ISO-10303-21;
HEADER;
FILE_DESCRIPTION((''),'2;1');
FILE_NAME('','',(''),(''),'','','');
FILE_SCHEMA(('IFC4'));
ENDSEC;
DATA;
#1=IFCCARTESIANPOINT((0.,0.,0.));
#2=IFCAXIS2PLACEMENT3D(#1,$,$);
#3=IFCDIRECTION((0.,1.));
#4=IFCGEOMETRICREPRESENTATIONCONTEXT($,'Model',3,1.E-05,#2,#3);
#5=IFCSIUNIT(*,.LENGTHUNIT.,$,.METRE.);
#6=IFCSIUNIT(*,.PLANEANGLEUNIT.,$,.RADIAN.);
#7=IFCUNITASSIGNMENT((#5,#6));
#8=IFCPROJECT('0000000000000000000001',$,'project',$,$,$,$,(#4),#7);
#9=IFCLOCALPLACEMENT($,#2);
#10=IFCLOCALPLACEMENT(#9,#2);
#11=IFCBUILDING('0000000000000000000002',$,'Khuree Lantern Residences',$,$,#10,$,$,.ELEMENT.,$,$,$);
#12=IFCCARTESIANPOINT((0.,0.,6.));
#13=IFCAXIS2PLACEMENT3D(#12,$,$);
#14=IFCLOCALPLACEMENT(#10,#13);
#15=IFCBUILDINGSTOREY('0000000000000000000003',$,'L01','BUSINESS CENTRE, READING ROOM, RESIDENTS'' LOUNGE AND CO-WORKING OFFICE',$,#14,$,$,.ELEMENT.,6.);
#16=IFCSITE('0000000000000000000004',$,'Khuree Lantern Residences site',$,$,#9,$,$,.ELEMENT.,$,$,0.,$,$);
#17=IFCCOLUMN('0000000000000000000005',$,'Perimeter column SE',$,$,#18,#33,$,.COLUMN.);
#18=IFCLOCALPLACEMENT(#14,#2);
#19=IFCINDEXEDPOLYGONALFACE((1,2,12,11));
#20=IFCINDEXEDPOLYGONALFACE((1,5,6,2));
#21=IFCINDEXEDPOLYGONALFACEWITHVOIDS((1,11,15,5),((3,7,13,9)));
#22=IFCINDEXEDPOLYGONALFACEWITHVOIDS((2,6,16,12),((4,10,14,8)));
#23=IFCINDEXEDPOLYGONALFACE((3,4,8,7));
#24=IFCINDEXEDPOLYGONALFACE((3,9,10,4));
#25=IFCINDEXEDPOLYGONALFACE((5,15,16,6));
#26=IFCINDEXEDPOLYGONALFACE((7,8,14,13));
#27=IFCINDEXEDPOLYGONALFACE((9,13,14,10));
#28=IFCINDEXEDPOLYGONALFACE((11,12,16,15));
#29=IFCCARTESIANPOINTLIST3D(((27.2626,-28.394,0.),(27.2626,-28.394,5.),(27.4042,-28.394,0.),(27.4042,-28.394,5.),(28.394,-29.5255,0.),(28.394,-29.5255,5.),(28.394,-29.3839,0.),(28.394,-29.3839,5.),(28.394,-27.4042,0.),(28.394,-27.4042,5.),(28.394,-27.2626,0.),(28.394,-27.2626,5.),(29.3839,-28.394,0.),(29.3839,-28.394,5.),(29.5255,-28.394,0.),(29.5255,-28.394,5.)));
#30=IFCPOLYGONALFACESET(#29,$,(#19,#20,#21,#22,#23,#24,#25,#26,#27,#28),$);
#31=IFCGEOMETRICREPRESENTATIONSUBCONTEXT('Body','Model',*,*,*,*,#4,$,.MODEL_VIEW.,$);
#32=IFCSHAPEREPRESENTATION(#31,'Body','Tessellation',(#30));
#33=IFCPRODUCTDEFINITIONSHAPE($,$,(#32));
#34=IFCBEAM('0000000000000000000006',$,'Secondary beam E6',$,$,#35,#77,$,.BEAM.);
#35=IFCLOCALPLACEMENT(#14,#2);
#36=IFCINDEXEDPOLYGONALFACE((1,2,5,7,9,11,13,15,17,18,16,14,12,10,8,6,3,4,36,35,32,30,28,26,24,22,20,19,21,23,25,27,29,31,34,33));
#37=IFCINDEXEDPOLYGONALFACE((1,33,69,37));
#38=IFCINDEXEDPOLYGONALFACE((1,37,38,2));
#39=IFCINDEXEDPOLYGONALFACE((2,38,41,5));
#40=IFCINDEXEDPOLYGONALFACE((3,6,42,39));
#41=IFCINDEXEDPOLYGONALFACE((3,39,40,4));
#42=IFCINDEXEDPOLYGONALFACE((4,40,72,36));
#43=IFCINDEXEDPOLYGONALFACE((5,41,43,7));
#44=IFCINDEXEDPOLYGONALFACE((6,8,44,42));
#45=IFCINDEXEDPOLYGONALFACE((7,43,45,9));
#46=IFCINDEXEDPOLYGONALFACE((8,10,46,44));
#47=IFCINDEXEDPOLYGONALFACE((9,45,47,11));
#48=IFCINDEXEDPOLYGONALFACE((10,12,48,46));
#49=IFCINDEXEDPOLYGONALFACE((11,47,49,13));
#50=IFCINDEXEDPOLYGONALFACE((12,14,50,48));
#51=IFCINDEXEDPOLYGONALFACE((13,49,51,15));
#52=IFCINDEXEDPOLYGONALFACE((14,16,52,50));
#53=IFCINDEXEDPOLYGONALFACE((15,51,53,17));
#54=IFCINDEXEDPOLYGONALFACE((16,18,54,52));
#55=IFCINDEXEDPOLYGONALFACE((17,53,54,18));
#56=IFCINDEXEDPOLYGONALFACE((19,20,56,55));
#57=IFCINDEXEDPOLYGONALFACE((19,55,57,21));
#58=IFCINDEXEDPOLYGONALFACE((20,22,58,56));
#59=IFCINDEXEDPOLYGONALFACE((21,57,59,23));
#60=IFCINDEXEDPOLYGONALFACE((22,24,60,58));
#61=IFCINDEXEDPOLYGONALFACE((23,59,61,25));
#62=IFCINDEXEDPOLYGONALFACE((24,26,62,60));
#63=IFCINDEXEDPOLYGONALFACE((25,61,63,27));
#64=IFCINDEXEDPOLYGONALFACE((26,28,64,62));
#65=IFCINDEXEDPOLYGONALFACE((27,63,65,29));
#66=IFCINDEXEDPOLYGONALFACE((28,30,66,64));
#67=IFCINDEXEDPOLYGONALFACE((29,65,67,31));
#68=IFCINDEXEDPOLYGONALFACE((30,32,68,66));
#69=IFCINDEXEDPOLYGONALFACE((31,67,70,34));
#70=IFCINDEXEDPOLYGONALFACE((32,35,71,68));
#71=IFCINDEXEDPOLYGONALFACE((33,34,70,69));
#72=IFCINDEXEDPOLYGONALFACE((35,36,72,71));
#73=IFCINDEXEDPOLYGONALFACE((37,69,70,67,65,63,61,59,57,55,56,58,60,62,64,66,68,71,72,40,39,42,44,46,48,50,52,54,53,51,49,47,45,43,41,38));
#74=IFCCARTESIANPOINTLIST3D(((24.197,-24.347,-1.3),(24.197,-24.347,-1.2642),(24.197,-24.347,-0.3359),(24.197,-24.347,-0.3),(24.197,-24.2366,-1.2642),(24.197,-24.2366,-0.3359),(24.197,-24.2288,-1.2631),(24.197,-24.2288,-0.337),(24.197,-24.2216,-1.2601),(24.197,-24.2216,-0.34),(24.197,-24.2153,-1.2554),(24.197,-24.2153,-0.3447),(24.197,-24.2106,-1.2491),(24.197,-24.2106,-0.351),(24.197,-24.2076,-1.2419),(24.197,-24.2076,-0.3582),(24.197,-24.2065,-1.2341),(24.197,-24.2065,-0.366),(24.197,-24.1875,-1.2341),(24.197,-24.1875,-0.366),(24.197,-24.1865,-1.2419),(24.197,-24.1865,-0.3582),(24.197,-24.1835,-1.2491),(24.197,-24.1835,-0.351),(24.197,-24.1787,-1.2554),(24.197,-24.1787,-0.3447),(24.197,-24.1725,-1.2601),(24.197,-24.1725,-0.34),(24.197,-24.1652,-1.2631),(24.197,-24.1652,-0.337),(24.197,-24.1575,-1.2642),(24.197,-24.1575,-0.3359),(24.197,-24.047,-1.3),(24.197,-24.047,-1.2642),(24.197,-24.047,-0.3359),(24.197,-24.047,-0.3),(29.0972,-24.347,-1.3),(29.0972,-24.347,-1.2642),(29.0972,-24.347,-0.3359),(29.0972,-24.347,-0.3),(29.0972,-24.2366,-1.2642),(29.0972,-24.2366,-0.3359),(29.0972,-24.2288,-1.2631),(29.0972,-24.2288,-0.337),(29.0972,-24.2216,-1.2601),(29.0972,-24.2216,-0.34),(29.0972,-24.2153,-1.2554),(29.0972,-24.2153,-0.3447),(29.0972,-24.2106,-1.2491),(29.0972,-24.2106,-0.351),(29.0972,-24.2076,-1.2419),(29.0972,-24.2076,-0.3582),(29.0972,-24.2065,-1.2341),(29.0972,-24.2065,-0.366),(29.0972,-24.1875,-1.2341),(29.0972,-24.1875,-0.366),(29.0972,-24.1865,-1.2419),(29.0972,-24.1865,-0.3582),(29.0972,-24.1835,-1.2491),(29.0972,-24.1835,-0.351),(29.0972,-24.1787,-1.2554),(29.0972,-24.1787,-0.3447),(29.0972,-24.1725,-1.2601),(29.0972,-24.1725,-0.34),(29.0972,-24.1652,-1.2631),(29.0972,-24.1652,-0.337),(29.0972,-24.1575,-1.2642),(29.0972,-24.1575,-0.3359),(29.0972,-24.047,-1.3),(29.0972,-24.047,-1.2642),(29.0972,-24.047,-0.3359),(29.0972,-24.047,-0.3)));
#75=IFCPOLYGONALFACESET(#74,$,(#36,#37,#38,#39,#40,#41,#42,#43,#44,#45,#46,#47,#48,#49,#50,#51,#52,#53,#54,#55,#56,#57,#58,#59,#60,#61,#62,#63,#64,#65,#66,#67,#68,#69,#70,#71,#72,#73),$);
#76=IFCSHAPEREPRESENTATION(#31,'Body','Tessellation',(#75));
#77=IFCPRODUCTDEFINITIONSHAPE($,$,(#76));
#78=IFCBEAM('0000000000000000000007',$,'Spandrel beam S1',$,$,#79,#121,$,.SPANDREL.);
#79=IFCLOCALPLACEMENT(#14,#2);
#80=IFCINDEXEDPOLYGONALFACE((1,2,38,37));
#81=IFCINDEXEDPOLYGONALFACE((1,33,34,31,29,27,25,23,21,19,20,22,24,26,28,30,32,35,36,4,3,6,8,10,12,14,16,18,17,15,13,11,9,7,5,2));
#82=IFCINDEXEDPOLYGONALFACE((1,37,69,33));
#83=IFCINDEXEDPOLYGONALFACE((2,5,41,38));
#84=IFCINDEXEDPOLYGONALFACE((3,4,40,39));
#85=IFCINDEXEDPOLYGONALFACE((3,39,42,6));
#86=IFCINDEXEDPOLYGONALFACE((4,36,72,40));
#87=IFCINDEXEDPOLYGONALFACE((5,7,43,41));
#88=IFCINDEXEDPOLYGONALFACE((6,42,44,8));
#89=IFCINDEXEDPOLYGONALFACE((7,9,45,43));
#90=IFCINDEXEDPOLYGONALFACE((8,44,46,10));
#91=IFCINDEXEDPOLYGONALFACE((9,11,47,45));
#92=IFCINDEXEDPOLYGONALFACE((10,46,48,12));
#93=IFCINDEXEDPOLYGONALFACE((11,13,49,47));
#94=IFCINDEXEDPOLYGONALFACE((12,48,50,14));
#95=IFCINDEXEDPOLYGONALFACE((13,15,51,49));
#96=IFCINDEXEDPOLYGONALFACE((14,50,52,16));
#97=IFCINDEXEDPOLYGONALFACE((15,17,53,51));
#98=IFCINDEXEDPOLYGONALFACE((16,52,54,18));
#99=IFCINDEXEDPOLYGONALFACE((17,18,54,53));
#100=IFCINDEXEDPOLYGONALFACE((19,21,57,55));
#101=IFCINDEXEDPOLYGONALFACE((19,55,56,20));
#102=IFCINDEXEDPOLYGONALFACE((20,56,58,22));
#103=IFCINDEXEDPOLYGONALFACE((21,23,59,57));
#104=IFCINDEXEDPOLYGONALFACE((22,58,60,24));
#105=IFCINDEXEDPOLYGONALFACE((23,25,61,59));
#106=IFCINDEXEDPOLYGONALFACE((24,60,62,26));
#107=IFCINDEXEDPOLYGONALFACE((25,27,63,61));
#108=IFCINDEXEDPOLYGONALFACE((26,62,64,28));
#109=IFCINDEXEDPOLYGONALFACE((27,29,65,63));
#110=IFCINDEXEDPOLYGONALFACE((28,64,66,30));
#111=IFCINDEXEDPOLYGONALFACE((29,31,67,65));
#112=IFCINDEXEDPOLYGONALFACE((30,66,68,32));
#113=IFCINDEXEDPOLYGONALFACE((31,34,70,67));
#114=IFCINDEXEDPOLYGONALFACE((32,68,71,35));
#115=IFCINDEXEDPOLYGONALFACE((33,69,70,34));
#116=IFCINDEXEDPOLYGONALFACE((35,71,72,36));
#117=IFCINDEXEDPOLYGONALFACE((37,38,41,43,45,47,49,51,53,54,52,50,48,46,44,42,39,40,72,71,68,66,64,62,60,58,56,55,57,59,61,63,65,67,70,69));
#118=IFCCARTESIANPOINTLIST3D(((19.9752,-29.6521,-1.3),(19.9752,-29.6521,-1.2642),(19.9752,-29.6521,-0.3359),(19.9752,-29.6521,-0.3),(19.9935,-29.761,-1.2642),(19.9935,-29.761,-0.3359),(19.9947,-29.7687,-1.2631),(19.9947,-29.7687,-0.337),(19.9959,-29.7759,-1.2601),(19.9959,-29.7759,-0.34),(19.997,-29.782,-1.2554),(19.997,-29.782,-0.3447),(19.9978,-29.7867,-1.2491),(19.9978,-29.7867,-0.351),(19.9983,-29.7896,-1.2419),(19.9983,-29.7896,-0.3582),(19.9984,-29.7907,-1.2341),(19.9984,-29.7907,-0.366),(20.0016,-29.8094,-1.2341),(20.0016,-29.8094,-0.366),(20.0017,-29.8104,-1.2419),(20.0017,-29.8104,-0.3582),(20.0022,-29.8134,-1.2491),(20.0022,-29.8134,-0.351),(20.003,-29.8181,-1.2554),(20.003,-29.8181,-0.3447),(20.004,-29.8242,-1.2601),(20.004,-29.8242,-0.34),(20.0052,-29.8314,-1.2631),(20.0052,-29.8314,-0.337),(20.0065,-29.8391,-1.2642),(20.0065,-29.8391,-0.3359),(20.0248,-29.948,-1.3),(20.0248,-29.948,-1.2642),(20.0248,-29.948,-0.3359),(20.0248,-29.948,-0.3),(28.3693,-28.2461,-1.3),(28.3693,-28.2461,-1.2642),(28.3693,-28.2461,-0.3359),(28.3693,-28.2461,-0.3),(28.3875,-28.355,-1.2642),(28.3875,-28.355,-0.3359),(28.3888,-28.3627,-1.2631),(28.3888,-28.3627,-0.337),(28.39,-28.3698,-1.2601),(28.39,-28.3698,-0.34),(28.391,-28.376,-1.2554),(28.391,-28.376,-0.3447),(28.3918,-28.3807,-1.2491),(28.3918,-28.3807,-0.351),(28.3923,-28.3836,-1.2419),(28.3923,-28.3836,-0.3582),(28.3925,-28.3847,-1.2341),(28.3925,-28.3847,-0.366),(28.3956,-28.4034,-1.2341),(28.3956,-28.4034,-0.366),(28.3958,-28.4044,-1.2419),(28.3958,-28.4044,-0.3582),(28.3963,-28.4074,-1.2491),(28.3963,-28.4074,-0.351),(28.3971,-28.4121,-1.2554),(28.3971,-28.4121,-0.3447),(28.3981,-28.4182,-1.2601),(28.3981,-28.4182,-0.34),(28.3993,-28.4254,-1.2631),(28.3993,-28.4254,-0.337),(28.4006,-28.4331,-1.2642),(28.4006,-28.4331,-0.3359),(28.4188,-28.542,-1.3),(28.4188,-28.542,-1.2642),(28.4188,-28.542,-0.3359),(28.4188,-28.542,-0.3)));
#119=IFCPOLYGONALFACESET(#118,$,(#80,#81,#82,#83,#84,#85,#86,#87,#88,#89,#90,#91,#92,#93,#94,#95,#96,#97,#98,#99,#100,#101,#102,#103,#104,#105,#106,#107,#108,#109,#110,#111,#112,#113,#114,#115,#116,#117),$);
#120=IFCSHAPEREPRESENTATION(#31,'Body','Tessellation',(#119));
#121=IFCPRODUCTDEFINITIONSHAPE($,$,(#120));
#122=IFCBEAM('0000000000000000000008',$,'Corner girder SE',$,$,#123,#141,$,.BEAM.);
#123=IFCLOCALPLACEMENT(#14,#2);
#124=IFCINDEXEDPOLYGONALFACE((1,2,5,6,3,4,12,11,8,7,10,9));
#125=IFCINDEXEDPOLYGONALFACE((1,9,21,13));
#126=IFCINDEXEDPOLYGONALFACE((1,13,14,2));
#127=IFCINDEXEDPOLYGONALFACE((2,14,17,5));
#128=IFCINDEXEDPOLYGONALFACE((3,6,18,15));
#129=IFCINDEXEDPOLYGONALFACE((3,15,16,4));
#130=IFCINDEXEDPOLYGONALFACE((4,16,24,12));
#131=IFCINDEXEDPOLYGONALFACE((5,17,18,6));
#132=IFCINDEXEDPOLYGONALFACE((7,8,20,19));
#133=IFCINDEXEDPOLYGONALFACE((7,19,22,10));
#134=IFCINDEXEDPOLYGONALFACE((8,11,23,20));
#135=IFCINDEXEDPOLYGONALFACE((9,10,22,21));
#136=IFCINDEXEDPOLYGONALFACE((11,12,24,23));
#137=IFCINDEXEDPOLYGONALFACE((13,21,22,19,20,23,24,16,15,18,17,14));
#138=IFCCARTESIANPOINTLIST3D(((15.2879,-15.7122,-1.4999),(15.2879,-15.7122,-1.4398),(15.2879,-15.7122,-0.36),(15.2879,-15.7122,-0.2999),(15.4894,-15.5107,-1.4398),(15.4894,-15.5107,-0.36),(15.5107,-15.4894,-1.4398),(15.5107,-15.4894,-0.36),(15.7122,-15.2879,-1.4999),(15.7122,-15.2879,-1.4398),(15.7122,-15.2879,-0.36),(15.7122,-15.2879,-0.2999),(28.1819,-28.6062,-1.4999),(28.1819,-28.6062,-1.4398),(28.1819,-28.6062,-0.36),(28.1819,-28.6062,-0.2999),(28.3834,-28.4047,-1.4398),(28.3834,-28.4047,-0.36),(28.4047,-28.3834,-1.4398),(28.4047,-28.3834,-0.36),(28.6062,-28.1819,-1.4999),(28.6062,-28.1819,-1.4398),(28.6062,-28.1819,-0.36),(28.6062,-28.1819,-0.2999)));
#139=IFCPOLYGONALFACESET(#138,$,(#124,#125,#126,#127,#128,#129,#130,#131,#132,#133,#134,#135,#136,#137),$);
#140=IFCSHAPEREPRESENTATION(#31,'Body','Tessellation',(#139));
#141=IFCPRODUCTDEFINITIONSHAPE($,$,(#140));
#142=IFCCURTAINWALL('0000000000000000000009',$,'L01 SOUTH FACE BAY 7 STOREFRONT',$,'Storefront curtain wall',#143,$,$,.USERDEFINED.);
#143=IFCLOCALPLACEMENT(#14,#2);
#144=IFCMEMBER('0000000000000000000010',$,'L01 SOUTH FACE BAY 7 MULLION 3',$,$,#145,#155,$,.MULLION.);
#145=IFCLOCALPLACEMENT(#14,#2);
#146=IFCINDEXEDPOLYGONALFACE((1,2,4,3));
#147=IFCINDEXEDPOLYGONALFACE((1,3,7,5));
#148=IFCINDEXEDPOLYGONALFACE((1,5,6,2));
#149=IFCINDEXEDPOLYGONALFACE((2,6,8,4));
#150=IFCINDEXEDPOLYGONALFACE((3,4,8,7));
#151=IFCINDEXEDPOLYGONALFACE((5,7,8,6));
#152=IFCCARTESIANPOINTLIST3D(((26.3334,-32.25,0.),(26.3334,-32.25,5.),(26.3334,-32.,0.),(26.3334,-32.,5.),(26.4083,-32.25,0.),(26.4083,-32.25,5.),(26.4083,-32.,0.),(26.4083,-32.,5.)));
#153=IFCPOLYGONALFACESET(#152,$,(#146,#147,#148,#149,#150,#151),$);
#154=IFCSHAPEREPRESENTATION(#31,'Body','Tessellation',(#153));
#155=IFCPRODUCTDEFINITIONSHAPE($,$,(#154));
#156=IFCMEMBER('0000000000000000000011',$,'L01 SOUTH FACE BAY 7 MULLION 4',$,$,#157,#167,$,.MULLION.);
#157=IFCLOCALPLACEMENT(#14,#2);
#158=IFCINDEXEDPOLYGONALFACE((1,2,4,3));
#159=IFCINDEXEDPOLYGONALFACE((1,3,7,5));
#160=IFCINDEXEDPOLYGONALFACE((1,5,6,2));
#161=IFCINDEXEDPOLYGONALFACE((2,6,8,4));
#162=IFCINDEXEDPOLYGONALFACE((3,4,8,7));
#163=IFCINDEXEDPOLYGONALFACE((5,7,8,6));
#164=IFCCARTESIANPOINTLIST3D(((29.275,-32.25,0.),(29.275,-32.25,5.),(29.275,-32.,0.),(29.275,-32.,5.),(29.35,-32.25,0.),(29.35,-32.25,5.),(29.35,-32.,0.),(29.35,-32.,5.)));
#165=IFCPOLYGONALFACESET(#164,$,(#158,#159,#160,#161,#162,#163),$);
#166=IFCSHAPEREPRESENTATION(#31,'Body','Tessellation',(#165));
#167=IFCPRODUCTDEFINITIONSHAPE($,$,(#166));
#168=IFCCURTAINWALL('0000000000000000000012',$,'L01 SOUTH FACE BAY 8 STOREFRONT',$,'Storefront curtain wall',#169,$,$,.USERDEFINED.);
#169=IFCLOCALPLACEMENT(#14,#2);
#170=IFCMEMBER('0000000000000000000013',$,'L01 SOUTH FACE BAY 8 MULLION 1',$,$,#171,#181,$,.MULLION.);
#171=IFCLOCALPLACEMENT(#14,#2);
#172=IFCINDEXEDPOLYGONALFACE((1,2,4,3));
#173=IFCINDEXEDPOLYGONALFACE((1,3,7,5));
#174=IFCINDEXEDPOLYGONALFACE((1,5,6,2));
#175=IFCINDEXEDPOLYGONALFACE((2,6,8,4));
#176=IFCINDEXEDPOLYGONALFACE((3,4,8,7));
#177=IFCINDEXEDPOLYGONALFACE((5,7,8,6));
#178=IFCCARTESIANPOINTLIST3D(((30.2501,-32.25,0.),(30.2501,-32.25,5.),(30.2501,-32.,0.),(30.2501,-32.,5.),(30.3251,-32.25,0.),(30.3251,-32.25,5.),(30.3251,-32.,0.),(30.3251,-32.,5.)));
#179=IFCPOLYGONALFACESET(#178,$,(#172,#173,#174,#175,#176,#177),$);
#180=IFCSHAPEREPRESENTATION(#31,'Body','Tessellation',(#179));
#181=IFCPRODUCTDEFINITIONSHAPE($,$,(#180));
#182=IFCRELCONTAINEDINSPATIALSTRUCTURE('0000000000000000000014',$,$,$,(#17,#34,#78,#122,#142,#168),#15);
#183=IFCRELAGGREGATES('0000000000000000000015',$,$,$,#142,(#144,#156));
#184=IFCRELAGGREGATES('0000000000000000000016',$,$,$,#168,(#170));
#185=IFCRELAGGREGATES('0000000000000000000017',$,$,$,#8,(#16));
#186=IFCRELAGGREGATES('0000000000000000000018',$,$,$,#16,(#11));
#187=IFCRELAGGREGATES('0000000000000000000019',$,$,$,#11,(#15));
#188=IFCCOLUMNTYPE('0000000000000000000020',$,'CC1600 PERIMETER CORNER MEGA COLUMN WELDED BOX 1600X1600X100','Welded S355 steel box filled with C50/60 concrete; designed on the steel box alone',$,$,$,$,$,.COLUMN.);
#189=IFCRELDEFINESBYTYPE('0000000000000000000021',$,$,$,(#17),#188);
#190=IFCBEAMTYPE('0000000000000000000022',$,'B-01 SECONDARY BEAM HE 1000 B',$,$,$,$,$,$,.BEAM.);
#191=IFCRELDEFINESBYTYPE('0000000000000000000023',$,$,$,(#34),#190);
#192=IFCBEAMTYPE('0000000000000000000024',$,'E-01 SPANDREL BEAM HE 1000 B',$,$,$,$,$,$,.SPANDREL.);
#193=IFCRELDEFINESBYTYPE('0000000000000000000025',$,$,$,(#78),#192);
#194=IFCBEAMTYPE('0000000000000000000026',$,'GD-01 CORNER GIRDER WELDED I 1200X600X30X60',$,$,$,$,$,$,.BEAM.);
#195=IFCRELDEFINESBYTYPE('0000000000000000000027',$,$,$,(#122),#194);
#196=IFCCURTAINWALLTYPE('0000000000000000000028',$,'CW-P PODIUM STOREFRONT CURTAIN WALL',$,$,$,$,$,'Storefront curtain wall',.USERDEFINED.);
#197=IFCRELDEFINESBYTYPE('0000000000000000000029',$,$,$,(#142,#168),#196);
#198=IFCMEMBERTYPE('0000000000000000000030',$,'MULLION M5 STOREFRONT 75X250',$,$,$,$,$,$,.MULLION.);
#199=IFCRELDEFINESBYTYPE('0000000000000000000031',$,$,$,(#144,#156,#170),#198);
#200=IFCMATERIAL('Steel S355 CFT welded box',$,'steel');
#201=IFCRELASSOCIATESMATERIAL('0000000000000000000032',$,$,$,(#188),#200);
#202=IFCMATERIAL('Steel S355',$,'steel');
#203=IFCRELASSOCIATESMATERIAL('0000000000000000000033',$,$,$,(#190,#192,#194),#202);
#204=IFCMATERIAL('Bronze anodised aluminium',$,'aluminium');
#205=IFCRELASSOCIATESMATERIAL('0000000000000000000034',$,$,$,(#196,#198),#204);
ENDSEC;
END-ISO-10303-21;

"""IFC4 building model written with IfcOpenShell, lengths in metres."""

from ifc_helpers import new_model, si_unit, direction, frame, origin, origin_2d, place, context, subcontext, project, spatial, rectangle, hollow_rectangle, i_section, extrude, material, material_profile, profile_set, type_object, element, aggregate, save


model = new_model("IFC4")

# Units and contexts
model_context = context("Model", 3, precision=1e-05, world=origin(), true_north=direction((0.0, 1.0)))
body_context = subcontext(model_context, "Body", "Model", "MODEL_VIEW")
ifc_project = project(units=[si_unit("LENGTHUNIT", "METRE"), si_unit("PLANEANGLEUNIT", "RADIAN")], contexts=[model_context])

# Site, building, storey
site_placement = place(None, origin())
site = spatial("IfcSite", under=ifc_project, at=site_placement, Name="Khuree Lantern Residences site", CompositionType="ELEMENT", RefElevation=0.0)
building_placement = place(site_placement, origin())
building = spatial("IfcBuilding", under=site, at=building_placement, Name="Khuree Lantern Residences", CompositionType="ELEMENT")
storey_placement = place(building_placement, frame((0.0, 0.0, 6.0)))
storey = spatial("IfcBuildingStorey", under=building, at=storey_placement, Name="L01", Description="BUSINESS CENTRE, READING ROOM, RESIDENTS' LOUNGE AND CO-WORKING OFFICE", CompositionType="ELEMENT", Elevation=6.0)

# Column
ifc_material_1 = material(Name="Steel S355 CFT welded box", Category="steel")
ifc_material_profile_1 = material_profile(ifc_material_1, hollow_rectangle(XDim=1.6001, YDim=1.6001, WallThickness=0.1001, at=origin_2d()), Name="WELDED BOX 1600X1600X100")
ifc_profile_set_1 = profile_set([ifc_material_profile_1], Name="Steel S355 CFT welded box")
column_type = type_object("IfcColumnType", Name="CC1600 PERIMETER CORNER MEGA COLUMN WELDED BOX 1600X1600X100", Description="Welded S355 steel box filled with C50/60 concrete; designed on the steel box alone", PredefinedType="COLUMN", material=ifc_profile_set_1)
column_placement = place(storey_placement, frame((28.394, -28.394, 0.0), z_axis=(0.0, 0.0, 1.0), x_axis=(0.707107, 0.707107, 0.0)))
element("IfcColumn", 1, at=column_placement, inside=storey, type_object=column_type, Name="Perimeter column SE", PredefinedType="COLUMN", context=body_context, shape_type="SweptSolid", body=[
    extrude(hollow_rectangle(XDim=1.6001, YDim=1.6001, WallThickness=0.1001, at=origin_2d()), origin(), (0.0, 0.0, 1.0), 5.0),
])

# Beams
ifc_material_2 = material(Name="Steel S355", Category="steel")
ifc_material_profile_2 = material_profile(ifc_material_2, i_section(OverallWidth=0.3, OverallDepth=1.0, WebThickness=0.019, FlangeThickness=0.0359, FilletRadius=0.03, at=origin_2d()), Name="HE 1000 B")
ifc_profile_set_2 = profile_set([ifc_material_profile_2], Name="Steel S355")
beam_type_1 = type_object("IfcBeamType", Name="B-01 SECONDARY BEAM HE 1000 B", PredefinedType="BEAM", material=ifc_profile_set_2)
beam_1_placement = place(storey_placement, frame((29.0972, -24.197, -0.8), z_axis=(-1.0, 0.0, 0.0), x_axis=(0.0, -1.0, 0.0)))
element("IfcBeam", 2, at=beam_1_placement, inside=storey, type_object=beam_type_1, Name="Secondary beam E6", PredefinedType="BEAM", context=body_context, shape_type="SweptSolid", body=[
    extrude(i_section(OverallWidth=0.3, OverallDepth=1.0, WebThickness=0.019, FlangeThickness=0.0359, FilletRadius=0.03, at=origin_2d()), origin(), (0.0, 0.0, 1.0), 4.9001),
])
ifc_material_profile_3 = material_profile(ifc_material_2, i_section(OverallWidth=0.3, OverallDepth=1.0, WebThickness=0.019, FlangeThickness=0.0359, FilletRadius=0.03, at=origin_2d()), Name="HE 1000 B")
ifc_profile_set_3 = profile_set([ifc_material_profile_3], Name="Steel S355")
beam_type_2 = type_object("IfcBeamType", Name="E-01 SPANDREL BEAM HE 1000 B", PredefinedType="SPANDREL", material=ifc_profile_set_3)
beam_2_placement = place(storey_placement, frame((28.394, -28.394, -0.8), z_axis=(-0.98626, -0.165199, 0.0), x_axis=(0.165199, -0.98626, 0.0)))
element("IfcBeam", 3, at=beam_2_placement, inside=storey, type_object=beam_type_2, Name="Spandrel beam S1", PredefinedType="SPANDREL", context=body_context, shape_type="SweptSolid", body=[
    extrude(i_section(OverallWidth=0.3, OverallDepth=1.0, WebThickness=0.019, FlangeThickness=0.0359, FilletRadius=0.03, at=origin_2d()), origin(), (0.0, 0.0, 1.0), 8.511),
])
ifc_material_profile_4 = material_profile(ifc_material_2, i_section(OverallWidth=0.6001, OverallDepth=1.2, WebThickness=0.03, FlangeThickness=0.0601, at=origin_2d()), Name="WELDED I 1200X600X30X60")
ifc_profile_set_4 = profile_set([ifc_material_profile_4], Name="Steel S355")
beam_type_3 = type_object("IfcBeamType", Name="GD-01 CORNER GIRDER WELDED I 1200X600X30X60", PredefinedType="BEAM", material=ifc_profile_set_4)
beam_3_placement = place(storey_placement, frame((28.394, -28.394, -0.8999), z_axis=(-0.707107, 0.707107, 0.0), x_axis=(-0.707107, -0.707107, 0.0)))
element("IfcBeam", 4, at=beam_3_placement, inside=storey, type_object=beam_type_3, Name="Corner girder SE", PredefinedType="BEAM", context=body_context, shape_type="SweptSolid", body=[
    extrude(i_section(OverallWidth=0.6001, OverallDepth=1.2, WebThickness=0.03, FlangeThickness=0.0601, at=origin_2d()), origin(), (0.0, 0.0, 1.0), 18.2349),
])

# Curtain walls, members
ifc_material_3 = material(Name="Bronze anodised aluminium", Category="aluminium")
curtain_wall_type = type_object("IfcCurtainWallType", Name="CW-P PODIUM STOREFRONT CURTAIN WALL", ElementType="Storefront curtain wall", PredefinedType="USERDEFINED", material=ifc_material_3)
curtain_wall_1_placement = place(storey_placement, origin())
curtain_wall_1 = element("IfcCurtainWall", 5, at=curtain_wall_1_placement, inside=storey, type_object=curtain_wall_type, Name="L01 SOUTH FACE BAY 7 STOREFRONT", ObjectType="Storefront curtain wall", PredefinedType="USERDEFINED")
ifc_material_profile_5 = material_profile(ifc_material_3, rectangle(XDim=0.075, YDim=0.25, at=origin_2d()), Name="M5 75X250")
ifc_profile_set_5 = profile_set([ifc_material_profile_5], Name="Bronze anodised aluminium")
member_type_1 = type_object("IfcMemberType", Name="MULLION M5 STOREFRONT 75X250", PredefinedType="MULLION", material=ifc_profile_set_5)
member_1_placement = place(storey_placement, frame((26.3708, -32.125, 0.0), z_axis=(0.0, 0.0, 1.0), x_axis=(1.0, 0.0, 0.0)))
member_1 = element("IfcMember", 6, at=member_1_placement, type_object=member_type_1, Name="L01 SOUTH FACE BAY 7 MULLION 3", PredefinedType="MULLION", context=body_context, shape_type="SweptSolid", body=[
    extrude(rectangle(XDim=0.075, YDim=0.25, at=origin_2d()), origin(), (0.0, 0.0, 1.0), 5.0),
])
member_2_placement = place(storey_placement, frame((29.3125, -32.125, 0.0), z_axis=(0.0, 0.0, 1.0), x_axis=(1.0, 0.0, 0.0)))
member_2 = element("IfcMember", 7, at=member_2_placement, type_object=member_type_1, Name="L01 SOUTH FACE BAY 7 MULLION 4", PredefinedType="MULLION", context=body_context, shape_type="SweptSolid", body=[
    extrude(rectangle(XDim=0.075, YDim=0.25, at=origin_2d()), origin(), (0.0, 0.0, 1.0), 5.0),
])
curtain_wall_2_placement = place(storey_placement, origin())
curtain_wall_2 = element("IfcCurtainWall", 8, at=curtain_wall_2_placement, inside=storey, type_object=curtain_wall_type, Name="L01 SOUTH FACE BAY 8 STOREFRONT", ObjectType="Storefront curtain wall", PredefinedType="USERDEFINED")
member_3_placement = place(storey_placement, frame((30.2876, -32.125, 0.0), z_axis=(0.0, 0.0, 1.0), x_axis=(1.0, 0.0, 0.0)))
member_3 = element("IfcMember", 9, at=member_3_placement, type_object=member_type_1, Name="L01 SOUTH FACE BAY 8 MULLION 1", PredefinedType="MULLION", context=body_context, shape_type="SweptSolid", body=[
    extrude(rectangle(XDim=0.075, YDim=0.25, at=origin_2d()), origin(), (0.0, 0.0, 1.0), 5.0),
])

aggregate(curtain_wall_1, [member_1, member_2])
aggregate(curtain_wall_2, [member_3])

save(model, "model.ifc")
